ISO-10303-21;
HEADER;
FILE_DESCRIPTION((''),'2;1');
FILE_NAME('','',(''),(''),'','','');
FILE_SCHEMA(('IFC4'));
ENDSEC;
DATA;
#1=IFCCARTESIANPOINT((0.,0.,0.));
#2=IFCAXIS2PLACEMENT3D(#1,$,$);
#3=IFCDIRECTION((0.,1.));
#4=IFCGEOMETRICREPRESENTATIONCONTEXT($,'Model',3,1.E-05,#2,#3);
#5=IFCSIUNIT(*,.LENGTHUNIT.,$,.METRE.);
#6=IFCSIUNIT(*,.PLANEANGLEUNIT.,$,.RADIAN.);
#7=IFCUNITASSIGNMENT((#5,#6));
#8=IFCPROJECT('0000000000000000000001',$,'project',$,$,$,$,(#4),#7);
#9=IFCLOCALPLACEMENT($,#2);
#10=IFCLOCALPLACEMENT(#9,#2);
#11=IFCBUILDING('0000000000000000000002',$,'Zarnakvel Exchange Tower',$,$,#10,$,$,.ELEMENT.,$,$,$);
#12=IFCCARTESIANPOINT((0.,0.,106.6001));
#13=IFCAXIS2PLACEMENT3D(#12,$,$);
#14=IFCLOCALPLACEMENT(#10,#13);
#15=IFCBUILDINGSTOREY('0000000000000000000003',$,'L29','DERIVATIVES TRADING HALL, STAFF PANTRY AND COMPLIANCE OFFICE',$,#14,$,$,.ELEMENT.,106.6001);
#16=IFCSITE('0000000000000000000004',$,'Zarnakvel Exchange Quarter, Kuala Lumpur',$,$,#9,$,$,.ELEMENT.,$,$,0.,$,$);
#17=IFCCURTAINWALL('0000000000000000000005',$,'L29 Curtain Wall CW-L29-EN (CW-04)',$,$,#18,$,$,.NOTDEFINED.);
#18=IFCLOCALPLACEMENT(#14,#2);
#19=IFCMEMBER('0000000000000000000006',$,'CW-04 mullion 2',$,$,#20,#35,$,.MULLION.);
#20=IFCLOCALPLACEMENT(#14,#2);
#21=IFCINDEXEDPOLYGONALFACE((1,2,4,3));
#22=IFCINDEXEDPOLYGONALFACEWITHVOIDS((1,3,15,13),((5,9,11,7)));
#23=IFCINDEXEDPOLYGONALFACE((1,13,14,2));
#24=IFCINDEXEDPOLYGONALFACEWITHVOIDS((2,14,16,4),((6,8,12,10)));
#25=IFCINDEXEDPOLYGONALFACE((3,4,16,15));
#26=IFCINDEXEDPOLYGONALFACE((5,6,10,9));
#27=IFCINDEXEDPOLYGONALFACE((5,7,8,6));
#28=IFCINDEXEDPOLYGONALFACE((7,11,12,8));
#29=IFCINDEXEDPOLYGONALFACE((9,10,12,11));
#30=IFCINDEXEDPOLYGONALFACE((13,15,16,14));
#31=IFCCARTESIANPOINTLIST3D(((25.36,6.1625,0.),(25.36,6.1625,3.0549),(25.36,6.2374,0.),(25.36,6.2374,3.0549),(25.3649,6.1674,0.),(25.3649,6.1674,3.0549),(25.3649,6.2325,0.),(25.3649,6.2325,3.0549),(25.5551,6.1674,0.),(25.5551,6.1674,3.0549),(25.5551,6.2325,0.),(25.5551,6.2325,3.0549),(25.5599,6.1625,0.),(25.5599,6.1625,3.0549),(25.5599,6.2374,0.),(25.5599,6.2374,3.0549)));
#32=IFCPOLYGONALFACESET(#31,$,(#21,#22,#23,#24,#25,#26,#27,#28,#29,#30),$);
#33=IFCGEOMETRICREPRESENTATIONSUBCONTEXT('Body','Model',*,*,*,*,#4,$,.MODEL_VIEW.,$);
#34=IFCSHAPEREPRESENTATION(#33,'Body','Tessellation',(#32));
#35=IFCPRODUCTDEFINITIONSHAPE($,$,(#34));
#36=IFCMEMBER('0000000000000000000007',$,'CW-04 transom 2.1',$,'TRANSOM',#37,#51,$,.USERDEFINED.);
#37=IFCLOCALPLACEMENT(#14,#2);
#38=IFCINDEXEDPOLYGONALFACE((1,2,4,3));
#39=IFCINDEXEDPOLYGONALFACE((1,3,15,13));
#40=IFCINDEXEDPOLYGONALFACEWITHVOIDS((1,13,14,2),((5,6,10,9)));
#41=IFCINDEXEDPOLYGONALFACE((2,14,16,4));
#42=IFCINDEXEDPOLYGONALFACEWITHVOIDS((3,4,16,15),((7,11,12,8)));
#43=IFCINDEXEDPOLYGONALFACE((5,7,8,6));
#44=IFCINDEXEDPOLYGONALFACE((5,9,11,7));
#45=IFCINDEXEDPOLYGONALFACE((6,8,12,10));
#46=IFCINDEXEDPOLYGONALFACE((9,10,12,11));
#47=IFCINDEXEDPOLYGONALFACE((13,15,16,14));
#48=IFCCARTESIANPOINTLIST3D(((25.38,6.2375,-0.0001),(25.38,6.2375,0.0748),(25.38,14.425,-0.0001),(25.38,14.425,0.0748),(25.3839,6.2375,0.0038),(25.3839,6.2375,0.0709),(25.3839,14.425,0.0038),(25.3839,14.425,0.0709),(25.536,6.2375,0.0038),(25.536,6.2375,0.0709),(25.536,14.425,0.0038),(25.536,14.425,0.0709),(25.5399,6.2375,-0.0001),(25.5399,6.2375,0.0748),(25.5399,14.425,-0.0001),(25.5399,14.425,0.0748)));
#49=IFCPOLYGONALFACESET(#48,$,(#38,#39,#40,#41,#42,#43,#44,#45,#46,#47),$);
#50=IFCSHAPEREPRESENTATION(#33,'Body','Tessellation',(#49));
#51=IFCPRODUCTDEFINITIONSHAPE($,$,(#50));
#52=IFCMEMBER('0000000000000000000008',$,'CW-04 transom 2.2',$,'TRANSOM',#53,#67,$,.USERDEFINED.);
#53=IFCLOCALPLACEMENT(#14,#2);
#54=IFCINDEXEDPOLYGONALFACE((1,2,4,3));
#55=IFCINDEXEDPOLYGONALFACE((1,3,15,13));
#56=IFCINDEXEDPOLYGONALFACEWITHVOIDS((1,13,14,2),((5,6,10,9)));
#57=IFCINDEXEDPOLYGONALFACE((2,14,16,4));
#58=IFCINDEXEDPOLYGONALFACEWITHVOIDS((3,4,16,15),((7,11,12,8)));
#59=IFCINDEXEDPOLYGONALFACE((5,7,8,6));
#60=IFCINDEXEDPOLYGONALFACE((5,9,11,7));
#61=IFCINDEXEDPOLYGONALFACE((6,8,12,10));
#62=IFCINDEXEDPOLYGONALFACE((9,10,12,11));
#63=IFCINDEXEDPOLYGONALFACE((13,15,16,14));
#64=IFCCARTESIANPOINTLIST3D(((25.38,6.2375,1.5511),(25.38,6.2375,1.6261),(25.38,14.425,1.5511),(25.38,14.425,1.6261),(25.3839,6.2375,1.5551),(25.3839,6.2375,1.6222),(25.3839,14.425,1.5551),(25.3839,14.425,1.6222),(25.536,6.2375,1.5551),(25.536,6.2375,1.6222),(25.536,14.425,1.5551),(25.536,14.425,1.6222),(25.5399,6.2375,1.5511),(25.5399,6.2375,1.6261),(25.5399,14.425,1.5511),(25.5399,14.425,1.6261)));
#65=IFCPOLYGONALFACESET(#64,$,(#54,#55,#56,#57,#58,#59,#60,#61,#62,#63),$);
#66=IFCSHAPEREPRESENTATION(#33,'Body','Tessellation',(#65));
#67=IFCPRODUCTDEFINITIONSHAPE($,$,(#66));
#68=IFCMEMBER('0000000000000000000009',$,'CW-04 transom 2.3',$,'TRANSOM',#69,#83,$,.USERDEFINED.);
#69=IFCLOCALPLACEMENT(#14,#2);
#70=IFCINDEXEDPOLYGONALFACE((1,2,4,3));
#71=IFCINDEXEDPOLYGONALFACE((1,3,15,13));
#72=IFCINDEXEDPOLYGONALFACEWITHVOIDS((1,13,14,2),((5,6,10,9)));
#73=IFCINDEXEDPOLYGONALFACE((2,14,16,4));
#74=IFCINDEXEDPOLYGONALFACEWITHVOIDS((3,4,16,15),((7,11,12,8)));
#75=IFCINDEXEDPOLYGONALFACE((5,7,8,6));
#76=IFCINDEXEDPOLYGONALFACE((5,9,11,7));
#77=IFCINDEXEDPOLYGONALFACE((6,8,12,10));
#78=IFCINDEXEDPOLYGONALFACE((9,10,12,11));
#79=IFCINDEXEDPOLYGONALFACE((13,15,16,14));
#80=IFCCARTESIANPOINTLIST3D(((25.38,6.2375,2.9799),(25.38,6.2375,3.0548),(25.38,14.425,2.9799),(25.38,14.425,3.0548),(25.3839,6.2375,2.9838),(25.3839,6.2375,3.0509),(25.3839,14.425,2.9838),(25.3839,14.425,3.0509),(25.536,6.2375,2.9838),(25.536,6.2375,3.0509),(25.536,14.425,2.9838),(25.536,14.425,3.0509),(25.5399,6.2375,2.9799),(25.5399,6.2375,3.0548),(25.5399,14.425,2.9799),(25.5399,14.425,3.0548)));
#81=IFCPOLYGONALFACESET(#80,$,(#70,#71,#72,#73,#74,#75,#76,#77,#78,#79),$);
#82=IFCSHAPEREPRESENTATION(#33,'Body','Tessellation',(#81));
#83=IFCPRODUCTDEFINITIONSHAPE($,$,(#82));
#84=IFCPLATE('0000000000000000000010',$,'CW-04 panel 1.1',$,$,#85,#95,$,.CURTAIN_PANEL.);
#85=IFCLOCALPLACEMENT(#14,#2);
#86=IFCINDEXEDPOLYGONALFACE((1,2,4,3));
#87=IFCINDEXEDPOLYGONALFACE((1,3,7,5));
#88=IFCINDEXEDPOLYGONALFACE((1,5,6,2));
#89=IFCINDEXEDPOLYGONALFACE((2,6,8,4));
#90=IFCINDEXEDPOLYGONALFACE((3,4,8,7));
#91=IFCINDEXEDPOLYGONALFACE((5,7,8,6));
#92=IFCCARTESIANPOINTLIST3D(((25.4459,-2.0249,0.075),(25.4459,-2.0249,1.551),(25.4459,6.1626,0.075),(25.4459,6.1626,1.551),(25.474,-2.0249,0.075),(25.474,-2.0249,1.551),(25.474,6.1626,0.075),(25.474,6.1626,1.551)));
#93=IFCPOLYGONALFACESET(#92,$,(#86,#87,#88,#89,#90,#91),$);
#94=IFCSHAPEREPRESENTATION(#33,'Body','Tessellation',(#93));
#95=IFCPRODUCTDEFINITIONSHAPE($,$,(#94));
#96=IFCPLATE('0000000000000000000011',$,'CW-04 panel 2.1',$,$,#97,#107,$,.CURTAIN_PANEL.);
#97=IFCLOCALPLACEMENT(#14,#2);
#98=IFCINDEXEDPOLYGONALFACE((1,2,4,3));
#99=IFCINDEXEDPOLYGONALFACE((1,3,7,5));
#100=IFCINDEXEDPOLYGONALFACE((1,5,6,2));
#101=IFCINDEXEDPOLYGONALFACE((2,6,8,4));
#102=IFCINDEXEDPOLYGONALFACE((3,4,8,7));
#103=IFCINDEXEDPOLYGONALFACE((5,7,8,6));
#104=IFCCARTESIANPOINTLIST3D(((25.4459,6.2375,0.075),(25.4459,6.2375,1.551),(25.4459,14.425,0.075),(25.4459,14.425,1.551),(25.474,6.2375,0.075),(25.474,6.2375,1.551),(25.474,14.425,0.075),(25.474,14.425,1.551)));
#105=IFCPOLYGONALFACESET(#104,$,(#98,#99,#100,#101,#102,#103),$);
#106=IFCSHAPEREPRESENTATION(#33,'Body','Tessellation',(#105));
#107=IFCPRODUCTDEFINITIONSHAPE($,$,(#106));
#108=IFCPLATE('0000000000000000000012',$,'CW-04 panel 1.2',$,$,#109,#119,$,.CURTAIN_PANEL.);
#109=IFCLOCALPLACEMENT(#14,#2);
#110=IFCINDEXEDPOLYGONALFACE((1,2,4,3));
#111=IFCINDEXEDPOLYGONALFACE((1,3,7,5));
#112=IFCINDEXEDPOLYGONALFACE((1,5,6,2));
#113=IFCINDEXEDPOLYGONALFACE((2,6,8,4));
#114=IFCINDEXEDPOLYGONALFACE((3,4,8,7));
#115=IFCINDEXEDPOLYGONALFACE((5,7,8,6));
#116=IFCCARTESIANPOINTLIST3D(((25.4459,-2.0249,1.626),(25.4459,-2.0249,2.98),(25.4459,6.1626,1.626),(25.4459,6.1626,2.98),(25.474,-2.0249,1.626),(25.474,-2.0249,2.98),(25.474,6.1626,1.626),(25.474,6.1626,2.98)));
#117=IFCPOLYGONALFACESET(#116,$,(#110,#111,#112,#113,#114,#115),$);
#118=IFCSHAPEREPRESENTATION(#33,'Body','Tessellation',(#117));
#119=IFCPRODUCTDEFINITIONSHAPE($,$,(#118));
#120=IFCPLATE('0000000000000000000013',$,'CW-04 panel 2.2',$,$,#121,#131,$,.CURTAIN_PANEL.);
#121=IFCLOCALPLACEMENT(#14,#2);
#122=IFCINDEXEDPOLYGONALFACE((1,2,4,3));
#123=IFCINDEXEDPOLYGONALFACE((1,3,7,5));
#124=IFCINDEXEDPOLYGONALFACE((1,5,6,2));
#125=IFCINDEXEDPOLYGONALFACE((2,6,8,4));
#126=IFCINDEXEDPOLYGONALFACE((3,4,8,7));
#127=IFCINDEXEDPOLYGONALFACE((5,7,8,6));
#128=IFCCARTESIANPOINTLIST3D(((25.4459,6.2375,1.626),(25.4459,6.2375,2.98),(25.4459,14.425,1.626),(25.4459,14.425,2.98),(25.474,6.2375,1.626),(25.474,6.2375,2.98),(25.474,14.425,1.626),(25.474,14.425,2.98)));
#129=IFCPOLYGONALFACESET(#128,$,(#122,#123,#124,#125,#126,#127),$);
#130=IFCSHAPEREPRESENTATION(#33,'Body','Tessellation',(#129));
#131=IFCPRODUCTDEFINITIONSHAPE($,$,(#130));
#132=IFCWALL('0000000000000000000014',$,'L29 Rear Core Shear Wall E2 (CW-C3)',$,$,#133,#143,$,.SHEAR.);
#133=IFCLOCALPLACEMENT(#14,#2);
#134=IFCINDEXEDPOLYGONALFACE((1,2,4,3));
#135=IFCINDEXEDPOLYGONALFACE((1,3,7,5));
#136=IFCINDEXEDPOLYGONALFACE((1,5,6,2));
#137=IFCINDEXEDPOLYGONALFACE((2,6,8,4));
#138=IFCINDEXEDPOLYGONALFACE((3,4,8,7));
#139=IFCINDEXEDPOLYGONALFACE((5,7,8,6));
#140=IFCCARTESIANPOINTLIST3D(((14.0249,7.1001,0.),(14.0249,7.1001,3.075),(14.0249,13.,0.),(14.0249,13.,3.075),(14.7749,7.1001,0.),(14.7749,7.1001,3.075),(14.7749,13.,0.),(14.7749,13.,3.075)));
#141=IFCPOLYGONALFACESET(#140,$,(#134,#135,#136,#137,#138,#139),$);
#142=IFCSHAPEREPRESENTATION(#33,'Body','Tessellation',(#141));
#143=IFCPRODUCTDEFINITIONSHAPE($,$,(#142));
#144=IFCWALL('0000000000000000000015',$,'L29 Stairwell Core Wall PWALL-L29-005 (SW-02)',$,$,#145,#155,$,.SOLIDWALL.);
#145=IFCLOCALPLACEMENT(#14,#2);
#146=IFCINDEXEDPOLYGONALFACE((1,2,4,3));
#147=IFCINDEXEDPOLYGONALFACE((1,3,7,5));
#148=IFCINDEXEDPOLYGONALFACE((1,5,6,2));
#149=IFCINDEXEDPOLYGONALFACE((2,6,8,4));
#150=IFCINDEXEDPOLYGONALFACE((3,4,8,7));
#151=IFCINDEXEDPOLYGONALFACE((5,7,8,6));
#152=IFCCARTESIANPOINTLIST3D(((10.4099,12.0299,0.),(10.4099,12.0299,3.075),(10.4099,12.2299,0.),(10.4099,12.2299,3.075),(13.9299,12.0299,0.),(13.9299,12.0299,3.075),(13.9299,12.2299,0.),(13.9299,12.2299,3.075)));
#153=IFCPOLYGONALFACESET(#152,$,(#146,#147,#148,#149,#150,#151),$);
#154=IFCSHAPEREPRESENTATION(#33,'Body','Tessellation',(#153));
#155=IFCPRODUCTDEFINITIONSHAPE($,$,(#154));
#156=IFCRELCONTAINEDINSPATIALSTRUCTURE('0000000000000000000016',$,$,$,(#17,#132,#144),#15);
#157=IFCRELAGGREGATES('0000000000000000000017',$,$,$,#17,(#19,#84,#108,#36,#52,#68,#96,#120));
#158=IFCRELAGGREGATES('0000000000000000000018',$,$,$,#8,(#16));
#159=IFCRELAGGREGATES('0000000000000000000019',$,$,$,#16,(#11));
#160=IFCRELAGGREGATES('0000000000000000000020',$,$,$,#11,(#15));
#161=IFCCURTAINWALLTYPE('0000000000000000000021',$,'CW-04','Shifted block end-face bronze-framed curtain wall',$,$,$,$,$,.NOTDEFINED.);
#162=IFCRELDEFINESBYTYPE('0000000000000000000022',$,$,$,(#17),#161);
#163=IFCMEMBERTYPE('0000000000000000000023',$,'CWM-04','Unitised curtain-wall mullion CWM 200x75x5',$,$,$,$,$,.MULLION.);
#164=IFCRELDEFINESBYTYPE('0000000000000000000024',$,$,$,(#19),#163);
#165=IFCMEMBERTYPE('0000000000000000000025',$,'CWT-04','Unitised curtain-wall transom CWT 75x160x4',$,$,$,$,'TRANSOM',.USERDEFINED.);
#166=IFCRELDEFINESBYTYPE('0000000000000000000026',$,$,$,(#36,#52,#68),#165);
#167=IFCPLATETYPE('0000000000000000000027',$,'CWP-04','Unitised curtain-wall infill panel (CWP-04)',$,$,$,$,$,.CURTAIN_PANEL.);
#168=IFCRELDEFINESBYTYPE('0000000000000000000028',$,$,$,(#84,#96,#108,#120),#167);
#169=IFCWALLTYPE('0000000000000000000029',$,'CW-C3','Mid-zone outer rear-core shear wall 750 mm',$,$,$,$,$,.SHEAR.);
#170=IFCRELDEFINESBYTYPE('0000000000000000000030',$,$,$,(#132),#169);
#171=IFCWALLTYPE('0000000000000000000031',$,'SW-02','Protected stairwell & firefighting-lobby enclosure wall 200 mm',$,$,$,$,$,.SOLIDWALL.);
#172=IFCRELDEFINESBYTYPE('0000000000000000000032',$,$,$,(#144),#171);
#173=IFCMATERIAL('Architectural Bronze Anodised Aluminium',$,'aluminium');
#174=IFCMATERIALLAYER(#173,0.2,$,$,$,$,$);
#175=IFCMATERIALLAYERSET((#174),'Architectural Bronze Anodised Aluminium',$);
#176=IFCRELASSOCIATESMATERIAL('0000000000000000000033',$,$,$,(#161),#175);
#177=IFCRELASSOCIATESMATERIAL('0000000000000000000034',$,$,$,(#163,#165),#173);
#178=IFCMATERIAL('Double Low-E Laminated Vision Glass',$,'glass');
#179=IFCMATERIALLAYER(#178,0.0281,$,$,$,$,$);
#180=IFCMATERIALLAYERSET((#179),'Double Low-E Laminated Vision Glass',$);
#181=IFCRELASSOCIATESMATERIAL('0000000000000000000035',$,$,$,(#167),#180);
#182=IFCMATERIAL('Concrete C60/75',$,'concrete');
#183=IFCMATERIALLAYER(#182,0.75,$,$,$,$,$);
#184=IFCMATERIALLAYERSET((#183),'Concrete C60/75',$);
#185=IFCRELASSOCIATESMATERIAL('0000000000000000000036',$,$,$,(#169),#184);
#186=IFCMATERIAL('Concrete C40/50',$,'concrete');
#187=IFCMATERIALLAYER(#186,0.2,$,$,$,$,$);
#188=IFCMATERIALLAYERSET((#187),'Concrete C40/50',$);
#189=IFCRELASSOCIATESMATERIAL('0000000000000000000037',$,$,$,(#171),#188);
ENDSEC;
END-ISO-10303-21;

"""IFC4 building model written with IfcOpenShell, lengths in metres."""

from ifc_helpers import new_model, si_unit, direction, frame, frame_2d, origin, origin_2d, place, context, subcontext, project, spatial, rectangle, hollow_rectangle, extrude, source, transform, mapped, material, layer, layer_set, material_profile, profile_set, type_object, element, aggregate, save


model = new_model("IFC4")

# Units and contexts
model_context = context("Model", 3, precision=1e-05, world=origin(), true_north=direction((0.0, 1.0)))
body_context = subcontext(model_context, "Body", "Model", "MODEL_VIEW")
ifc_project = project(units=[si_unit("LENGTHUNIT", "METRE"), si_unit("PLANEANGLEUNIT", "RADIAN")], contexts=[model_context])

# Site, building, storey
site_placement = place(None, origin())
site = spatial("IfcSite", under=ifc_project, at=site_placement, Name="Zarnakvel Exchange Quarter, Kuala Lumpur", CompositionType="ELEMENT", RefElevation=0.0)
building_placement = place(site_placement, origin())
building = spatial("IfcBuilding", under=site, at=building_placement, Name="Zarnakvel Exchange Tower", CompositionType="ELEMENT")
storey_placement = place(building_placement, frame((0.0, 0.0, 106.6001)))
storey = spatial("IfcBuildingStorey", under=building, at=storey_placement, Name="L29", Description="DERIVATIVES TRADING HALL, STAFF PANTRY AND COMPLIANCE OFFICE", CompositionType="ELEMENT", Elevation=106.6001)

# Shared definitions
ifc_material_1 = material(Name="Concrete C60/75", Category="concrete")

# Curtain wall, members, plates
ifc_material_2 = material(Name="Architectural Bronze Anodised Aluminium", Category="aluminium")
ifc_layer_1 = layer(ifc_material_2, 0.2)
ifc_layer_set_1 = layer_set([ifc_layer_1], Name="Architectural Bronze Anodised Aluminium")
curtain_wall_type = type_object("IfcCurtainWallType", Name="CW-04", Description="Shifted block end-face bronze-framed curtain wall", PredefinedType="NOTDEFINED", material=ifc_layer_set_1)
curtain_wall_placement = place(storey_placement, origin())
curtain_wall = element("IfcCurtainWall", 1, at=curtain_wall_placement, inside=storey, type_object=curtain_wall_type, Name="L29 Curtain Wall CW-L29-EN (CW-04)", PredefinedType="NOTDEFINED")
ifc_material_profile_1 = material_profile(ifc_material_2, hollow_rectangle(XDim=0.2, YDim=0.075, WallThickness=0.0049, at=origin_2d()))
ifc_profile_set_1 = profile_set([ifc_material_profile_1], Name="Architectural Bronze Anodised Aluminium")
member_type_1 = type_object("IfcMemberType", Name="CWM-04", Description="Unitised curtain-wall mullion CWM 200x75x5", PredefinedType="MULLION", material=ifc_profile_set_1)
shared_shape_1 = source(origin(), body_context, "Body", "SweptSolid", [
    extrude(hollow_rectangle(XDim=0.2, YDim=0.075, WallThickness=0.0049, at=origin_2d()), origin(), (0.0, 0.0, 1.0), 3.0549),
])
member_1_placement = place(storey_placement, frame((25.46, 6.2, 0.0), z_axis=(0.0, 0.0, 1.0), x_axis=(-1.0, 0.0, 0.0)))
member_1 = element("IfcMember", 2, at=member_1_placement, type_object=member_type_1, Name="CW-04 mullion 2", PredefinedType="MULLION", context=body_context, shape_type="MappedRepresentation", body=[
    mapped(shared_shape_1, transform((0.0, 0.0, 0.0), x_axis=(1.0, 0.0, 0.0), y_axis=(0.0, 1.0, 0.0), z_axis=(0.0, 0.0, 1.0), scale=1.0)),
])
ifc_material_profile_2 = material_profile(ifc_material_2, hollow_rectangle(XDim=0.1599, YDim=0.075, WallThickness=0.0039, at=origin_2d()))
ifc_profile_set_2 = profile_set([ifc_material_profile_2], Name="Architectural Bronze Anodised Aluminium")
member_type_2 = type_object("IfcMemberType", Name="CWT-04", Description="Unitised curtain-wall transom CWT 75x160x4", ElementType="TRANSOM", PredefinedType="USERDEFINED", material=ifc_profile_set_2)
shared_shape_2 = source(origin(), body_context, "Body", "SweptSolid", [
    extrude(hollow_rectangle(XDim=0.1599, YDim=0.075, WallThickness=0.0039, at=origin_2d()), origin(), (0.0, 0.0, 1.0), 8.1875),
])
member_2_placement = place(storey_placement, frame((25.46, 6.2375, 0.0374), z_axis=(0.0, 1.0, 0.0), x_axis=(-1.0, 0.0, 0.0)))
member_2 = element("IfcMember", 3, at=member_2_placement, type_object=member_type_2, Name="CW-04 transom 2.1", ObjectType="TRANSOM", PredefinedType="USERDEFINED", context=body_context, shape_type="MappedRepresentation", body=[
    mapped(shared_shape_2, transform((0.0, 0.0, 0.0), x_axis=(1.0, 0.0, 0.0), y_axis=(0.0, 1.0, 0.0), z_axis=(0.0, 0.0, 1.0), scale=1.0)),
])
member_3_placement = place(storey_placement, frame((25.46, 6.2375, 1.5886), z_axis=(0.0, 1.0, 0.0), x_axis=(-1.0, 0.0, 0.0)))
member_3 = element("IfcMember", 4, at=member_3_placement, type_object=member_type_2, Name="CW-04 transom 2.2", ObjectType="TRANSOM", PredefinedType="USERDEFINED", context=body_context, shape_type="MappedRepresentation", body=[
    mapped(shared_shape_2, transform((0.0, 0.0, 0.0), x_axis=(1.0, 0.0, 0.0), y_axis=(0.0, 1.0, 0.0), z_axis=(0.0, 0.0, 1.0), scale=1.0)),
])
member_4_placement = place(storey_placement, frame((25.46, 6.2375, 3.0173), z_axis=(0.0, 1.0, 0.0), x_axis=(-1.0, 0.0, 0.0)))
member_4 = element("IfcMember", 5, at=member_4_placement, type_object=member_type_2, Name="CW-04 transom 2.3", ObjectType="TRANSOM", PredefinedType="USERDEFINED", context=body_context, shape_type="MappedRepresentation", body=[
    mapped(shared_shape_2, transform((0.0, 0.0, 0.0), x_axis=(1.0, 0.0, 0.0), y_axis=(0.0, 1.0, 0.0), z_axis=(0.0, 0.0, 1.0), scale=1.0)),
])
ifc_material_3 = material(Name="Double Low-E Laminated Vision Glass", Category="glass")
ifc_layer_2 = layer(ifc_material_3, 0.0281)
ifc_layer_set_2 = layer_set([ifc_layer_2], Name="Double Low-E Laminated Vision Glass")
plate_type = type_object("IfcPlateType", Name="CWP-04", Description="Unitised curtain-wall infill panel (CWP-04)", PredefinedType="CURTAIN_PANEL", material=ifc_layer_set_2)
shared_shape_3 = source(origin(), body_context, "Body", "SweptSolid", [
    extrude(rectangle(XDim=8.1875, YDim=0.0281, at=origin_2d()), origin(), (0.0, 0.0, 1.0), 1.4761),
])
plate_1_placement = place(storey_placement, frame((25.46, 2.0688, 0.075), z_axis=(0.0, 0.0, 1.0), x_axis=(0.0, 1.0, 0.0)))
plate_1 = element("IfcPlate", 6, at=plate_1_placement, type_object=plate_type, Name="CW-04 panel 1.1", PredefinedType="CURTAIN_PANEL", context=body_context, shape_type="MappedRepresentation", body=[
    mapped(shared_shape_3, transform((0.0, 0.0, 0.0), x_axis=(1.0, 0.0, 0.0), y_axis=(0.0, 1.0, 0.0), z_axis=(0.0, 0.0, 1.0), scale=1.0)),
])
plate_2_placement = place(storey_placement, frame((25.46, 10.3313, 0.075), z_axis=(0.0, 0.0, 1.0), x_axis=(0.0, 1.0, 0.0)))
plate_2 = element("IfcPlate", 7, at=plate_2_placement, type_object=plate_type, Name="CW-04 panel 2.1", PredefinedType="CURTAIN_PANEL", context=body_context, shape_type="MappedRepresentation", body=[
    mapped(shared_shape_3, transform((0.0, 0.0, 0.0), x_axis=(1.0, 0.0, 0.0), y_axis=(0.0, 1.0, 0.0), z_axis=(0.0, 0.0, 1.0), scale=1.0)),
])
shared_shape_4 = source(origin(), body_context, "Body", "SweptSolid", [
    extrude(rectangle(XDim=8.1875, YDim=0.0281, at=origin_2d()), origin(), (0.0, 0.0, 1.0), 1.354),
])
plate_3_placement = place(storey_placement, frame((25.46, 2.0688, 1.626), z_axis=(0.0, 0.0, 1.0), x_axis=(0.0, 1.0, 0.0)))
plate_3 = element("IfcPlate", 8, at=plate_3_placement, type_object=plate_type, Name="CW-04 panel 1.2", PredefinedType="CURTAIN_PANEL", context=body_context, shape_type="MappedRepresentation", body=[
    mapped(shared_shape_4, transform((0.0, 0.0, 0.0), x_axis=(1.0, 0.0, 0.0), y_axis=(0.0, 1.0, 0.0), z_axis=(0.0, 0.0, 1.0), scale=1.0)),
])
plate_4_placement = place(storey_placement, frame((25.46, 10.3313, 1.626), z_axis=(0.0, 0.0, 1.0), x_axis=(0.0, 1.0, 0.0)))
plate_4 = element("IfcPlate", 9, at=plate_4_placement, type_object=plate_type, Name="CW-04 panel 2.2", PredefinedType="CURTAIN_PANEL", context=body_context, shape_type="MappedRepresentation", body=[
    mapped(shared_shape_4, transform((0.0, 0.0, 0.0), x_axis=(1.0, 0.0, 0.0), y_axis=(0.0, 1.0, 0.0), z_axis=(0.0, 0.0, 1.0), scale=1.0)),
])
aggregate(curtain_wall, [member_1, plate_1, plate_3, member_2, member_3, member_4, plate_2, plate_4])

# Wall
ifc_layer_3 = layer(ifc_material_1, 0.75)
ifc_layer_set_3 = layer_set([ifc_layer_3], Name="Concrete C60/75")
wall_type_1 = type_object("IfcWallType", Name="CW-C3", Description="Mid-zone outer rear-core shear wall 750 mm", PredefinedType="SHEAR", material=ifc_layer_set_3)
wall_1_placement = place(storey_placement, frame((14.3999, 7.1001, 0.0), z_axis=(0.0, 0.0, 1.0), x_axis=(0.0, 1.0, 0.0)))
element("IfcWall", 10, at=wall_1_placement, inside=storey, type_object=wall_type_1, Name="L29 Rear Core Shear Wall E2 (CW-C3)", PredefinedType="SHEAR", context=body_context, shape_type="SweptSolid", body=[
    extrude(rectangle(XDim=5.8999, YDim=0.75, at=frame_2d((2.95, 0.0))), origin(), (0.0, 0.0, 1.0), 3.075),
])

# Shared definitions
ifc_material_4 = material(Name="Concrete C40/50", Category="concrete")
ifc_layer_4 = layer(ifc_material_4, 0.2)
ifc_layer_set_4 = layer_set([ifc_layer_4], Name="Concrete C40/50")
wall_type_2 = type_object("IfcWallType", Name="SW-02", Description="Protected stairwell & firefighting-lobby enclosure wall 200 mm", PredefinedType="SOLIDWALL", material=ifc_layer_set_4)

# Wall
wall_2_placement = place(storey_placement, frame((10.4099, 12.1299, 0.0), z_axis=(0.0, 0.0, 1.0), x_axis=(1.0, 0.0, 0.0)))
element("IfcWall", 11, at=wall_2_placement, inside=storey, type_object=wall_type_2, Name="L29 Stairwell Core Wall PWALL-L29-005 (SW-02)", PredefinedType="SOLIDWALL", context=body_context, shape_type="SweptSolid", body=[
    extrude(rectangle(XDim=3.52, YDim=0.2, at=frame_2d((1.76, 0.0))), origin(), (0.0, 0.0, 1.0), 3.075),
])

save(model, "model.ifc")
